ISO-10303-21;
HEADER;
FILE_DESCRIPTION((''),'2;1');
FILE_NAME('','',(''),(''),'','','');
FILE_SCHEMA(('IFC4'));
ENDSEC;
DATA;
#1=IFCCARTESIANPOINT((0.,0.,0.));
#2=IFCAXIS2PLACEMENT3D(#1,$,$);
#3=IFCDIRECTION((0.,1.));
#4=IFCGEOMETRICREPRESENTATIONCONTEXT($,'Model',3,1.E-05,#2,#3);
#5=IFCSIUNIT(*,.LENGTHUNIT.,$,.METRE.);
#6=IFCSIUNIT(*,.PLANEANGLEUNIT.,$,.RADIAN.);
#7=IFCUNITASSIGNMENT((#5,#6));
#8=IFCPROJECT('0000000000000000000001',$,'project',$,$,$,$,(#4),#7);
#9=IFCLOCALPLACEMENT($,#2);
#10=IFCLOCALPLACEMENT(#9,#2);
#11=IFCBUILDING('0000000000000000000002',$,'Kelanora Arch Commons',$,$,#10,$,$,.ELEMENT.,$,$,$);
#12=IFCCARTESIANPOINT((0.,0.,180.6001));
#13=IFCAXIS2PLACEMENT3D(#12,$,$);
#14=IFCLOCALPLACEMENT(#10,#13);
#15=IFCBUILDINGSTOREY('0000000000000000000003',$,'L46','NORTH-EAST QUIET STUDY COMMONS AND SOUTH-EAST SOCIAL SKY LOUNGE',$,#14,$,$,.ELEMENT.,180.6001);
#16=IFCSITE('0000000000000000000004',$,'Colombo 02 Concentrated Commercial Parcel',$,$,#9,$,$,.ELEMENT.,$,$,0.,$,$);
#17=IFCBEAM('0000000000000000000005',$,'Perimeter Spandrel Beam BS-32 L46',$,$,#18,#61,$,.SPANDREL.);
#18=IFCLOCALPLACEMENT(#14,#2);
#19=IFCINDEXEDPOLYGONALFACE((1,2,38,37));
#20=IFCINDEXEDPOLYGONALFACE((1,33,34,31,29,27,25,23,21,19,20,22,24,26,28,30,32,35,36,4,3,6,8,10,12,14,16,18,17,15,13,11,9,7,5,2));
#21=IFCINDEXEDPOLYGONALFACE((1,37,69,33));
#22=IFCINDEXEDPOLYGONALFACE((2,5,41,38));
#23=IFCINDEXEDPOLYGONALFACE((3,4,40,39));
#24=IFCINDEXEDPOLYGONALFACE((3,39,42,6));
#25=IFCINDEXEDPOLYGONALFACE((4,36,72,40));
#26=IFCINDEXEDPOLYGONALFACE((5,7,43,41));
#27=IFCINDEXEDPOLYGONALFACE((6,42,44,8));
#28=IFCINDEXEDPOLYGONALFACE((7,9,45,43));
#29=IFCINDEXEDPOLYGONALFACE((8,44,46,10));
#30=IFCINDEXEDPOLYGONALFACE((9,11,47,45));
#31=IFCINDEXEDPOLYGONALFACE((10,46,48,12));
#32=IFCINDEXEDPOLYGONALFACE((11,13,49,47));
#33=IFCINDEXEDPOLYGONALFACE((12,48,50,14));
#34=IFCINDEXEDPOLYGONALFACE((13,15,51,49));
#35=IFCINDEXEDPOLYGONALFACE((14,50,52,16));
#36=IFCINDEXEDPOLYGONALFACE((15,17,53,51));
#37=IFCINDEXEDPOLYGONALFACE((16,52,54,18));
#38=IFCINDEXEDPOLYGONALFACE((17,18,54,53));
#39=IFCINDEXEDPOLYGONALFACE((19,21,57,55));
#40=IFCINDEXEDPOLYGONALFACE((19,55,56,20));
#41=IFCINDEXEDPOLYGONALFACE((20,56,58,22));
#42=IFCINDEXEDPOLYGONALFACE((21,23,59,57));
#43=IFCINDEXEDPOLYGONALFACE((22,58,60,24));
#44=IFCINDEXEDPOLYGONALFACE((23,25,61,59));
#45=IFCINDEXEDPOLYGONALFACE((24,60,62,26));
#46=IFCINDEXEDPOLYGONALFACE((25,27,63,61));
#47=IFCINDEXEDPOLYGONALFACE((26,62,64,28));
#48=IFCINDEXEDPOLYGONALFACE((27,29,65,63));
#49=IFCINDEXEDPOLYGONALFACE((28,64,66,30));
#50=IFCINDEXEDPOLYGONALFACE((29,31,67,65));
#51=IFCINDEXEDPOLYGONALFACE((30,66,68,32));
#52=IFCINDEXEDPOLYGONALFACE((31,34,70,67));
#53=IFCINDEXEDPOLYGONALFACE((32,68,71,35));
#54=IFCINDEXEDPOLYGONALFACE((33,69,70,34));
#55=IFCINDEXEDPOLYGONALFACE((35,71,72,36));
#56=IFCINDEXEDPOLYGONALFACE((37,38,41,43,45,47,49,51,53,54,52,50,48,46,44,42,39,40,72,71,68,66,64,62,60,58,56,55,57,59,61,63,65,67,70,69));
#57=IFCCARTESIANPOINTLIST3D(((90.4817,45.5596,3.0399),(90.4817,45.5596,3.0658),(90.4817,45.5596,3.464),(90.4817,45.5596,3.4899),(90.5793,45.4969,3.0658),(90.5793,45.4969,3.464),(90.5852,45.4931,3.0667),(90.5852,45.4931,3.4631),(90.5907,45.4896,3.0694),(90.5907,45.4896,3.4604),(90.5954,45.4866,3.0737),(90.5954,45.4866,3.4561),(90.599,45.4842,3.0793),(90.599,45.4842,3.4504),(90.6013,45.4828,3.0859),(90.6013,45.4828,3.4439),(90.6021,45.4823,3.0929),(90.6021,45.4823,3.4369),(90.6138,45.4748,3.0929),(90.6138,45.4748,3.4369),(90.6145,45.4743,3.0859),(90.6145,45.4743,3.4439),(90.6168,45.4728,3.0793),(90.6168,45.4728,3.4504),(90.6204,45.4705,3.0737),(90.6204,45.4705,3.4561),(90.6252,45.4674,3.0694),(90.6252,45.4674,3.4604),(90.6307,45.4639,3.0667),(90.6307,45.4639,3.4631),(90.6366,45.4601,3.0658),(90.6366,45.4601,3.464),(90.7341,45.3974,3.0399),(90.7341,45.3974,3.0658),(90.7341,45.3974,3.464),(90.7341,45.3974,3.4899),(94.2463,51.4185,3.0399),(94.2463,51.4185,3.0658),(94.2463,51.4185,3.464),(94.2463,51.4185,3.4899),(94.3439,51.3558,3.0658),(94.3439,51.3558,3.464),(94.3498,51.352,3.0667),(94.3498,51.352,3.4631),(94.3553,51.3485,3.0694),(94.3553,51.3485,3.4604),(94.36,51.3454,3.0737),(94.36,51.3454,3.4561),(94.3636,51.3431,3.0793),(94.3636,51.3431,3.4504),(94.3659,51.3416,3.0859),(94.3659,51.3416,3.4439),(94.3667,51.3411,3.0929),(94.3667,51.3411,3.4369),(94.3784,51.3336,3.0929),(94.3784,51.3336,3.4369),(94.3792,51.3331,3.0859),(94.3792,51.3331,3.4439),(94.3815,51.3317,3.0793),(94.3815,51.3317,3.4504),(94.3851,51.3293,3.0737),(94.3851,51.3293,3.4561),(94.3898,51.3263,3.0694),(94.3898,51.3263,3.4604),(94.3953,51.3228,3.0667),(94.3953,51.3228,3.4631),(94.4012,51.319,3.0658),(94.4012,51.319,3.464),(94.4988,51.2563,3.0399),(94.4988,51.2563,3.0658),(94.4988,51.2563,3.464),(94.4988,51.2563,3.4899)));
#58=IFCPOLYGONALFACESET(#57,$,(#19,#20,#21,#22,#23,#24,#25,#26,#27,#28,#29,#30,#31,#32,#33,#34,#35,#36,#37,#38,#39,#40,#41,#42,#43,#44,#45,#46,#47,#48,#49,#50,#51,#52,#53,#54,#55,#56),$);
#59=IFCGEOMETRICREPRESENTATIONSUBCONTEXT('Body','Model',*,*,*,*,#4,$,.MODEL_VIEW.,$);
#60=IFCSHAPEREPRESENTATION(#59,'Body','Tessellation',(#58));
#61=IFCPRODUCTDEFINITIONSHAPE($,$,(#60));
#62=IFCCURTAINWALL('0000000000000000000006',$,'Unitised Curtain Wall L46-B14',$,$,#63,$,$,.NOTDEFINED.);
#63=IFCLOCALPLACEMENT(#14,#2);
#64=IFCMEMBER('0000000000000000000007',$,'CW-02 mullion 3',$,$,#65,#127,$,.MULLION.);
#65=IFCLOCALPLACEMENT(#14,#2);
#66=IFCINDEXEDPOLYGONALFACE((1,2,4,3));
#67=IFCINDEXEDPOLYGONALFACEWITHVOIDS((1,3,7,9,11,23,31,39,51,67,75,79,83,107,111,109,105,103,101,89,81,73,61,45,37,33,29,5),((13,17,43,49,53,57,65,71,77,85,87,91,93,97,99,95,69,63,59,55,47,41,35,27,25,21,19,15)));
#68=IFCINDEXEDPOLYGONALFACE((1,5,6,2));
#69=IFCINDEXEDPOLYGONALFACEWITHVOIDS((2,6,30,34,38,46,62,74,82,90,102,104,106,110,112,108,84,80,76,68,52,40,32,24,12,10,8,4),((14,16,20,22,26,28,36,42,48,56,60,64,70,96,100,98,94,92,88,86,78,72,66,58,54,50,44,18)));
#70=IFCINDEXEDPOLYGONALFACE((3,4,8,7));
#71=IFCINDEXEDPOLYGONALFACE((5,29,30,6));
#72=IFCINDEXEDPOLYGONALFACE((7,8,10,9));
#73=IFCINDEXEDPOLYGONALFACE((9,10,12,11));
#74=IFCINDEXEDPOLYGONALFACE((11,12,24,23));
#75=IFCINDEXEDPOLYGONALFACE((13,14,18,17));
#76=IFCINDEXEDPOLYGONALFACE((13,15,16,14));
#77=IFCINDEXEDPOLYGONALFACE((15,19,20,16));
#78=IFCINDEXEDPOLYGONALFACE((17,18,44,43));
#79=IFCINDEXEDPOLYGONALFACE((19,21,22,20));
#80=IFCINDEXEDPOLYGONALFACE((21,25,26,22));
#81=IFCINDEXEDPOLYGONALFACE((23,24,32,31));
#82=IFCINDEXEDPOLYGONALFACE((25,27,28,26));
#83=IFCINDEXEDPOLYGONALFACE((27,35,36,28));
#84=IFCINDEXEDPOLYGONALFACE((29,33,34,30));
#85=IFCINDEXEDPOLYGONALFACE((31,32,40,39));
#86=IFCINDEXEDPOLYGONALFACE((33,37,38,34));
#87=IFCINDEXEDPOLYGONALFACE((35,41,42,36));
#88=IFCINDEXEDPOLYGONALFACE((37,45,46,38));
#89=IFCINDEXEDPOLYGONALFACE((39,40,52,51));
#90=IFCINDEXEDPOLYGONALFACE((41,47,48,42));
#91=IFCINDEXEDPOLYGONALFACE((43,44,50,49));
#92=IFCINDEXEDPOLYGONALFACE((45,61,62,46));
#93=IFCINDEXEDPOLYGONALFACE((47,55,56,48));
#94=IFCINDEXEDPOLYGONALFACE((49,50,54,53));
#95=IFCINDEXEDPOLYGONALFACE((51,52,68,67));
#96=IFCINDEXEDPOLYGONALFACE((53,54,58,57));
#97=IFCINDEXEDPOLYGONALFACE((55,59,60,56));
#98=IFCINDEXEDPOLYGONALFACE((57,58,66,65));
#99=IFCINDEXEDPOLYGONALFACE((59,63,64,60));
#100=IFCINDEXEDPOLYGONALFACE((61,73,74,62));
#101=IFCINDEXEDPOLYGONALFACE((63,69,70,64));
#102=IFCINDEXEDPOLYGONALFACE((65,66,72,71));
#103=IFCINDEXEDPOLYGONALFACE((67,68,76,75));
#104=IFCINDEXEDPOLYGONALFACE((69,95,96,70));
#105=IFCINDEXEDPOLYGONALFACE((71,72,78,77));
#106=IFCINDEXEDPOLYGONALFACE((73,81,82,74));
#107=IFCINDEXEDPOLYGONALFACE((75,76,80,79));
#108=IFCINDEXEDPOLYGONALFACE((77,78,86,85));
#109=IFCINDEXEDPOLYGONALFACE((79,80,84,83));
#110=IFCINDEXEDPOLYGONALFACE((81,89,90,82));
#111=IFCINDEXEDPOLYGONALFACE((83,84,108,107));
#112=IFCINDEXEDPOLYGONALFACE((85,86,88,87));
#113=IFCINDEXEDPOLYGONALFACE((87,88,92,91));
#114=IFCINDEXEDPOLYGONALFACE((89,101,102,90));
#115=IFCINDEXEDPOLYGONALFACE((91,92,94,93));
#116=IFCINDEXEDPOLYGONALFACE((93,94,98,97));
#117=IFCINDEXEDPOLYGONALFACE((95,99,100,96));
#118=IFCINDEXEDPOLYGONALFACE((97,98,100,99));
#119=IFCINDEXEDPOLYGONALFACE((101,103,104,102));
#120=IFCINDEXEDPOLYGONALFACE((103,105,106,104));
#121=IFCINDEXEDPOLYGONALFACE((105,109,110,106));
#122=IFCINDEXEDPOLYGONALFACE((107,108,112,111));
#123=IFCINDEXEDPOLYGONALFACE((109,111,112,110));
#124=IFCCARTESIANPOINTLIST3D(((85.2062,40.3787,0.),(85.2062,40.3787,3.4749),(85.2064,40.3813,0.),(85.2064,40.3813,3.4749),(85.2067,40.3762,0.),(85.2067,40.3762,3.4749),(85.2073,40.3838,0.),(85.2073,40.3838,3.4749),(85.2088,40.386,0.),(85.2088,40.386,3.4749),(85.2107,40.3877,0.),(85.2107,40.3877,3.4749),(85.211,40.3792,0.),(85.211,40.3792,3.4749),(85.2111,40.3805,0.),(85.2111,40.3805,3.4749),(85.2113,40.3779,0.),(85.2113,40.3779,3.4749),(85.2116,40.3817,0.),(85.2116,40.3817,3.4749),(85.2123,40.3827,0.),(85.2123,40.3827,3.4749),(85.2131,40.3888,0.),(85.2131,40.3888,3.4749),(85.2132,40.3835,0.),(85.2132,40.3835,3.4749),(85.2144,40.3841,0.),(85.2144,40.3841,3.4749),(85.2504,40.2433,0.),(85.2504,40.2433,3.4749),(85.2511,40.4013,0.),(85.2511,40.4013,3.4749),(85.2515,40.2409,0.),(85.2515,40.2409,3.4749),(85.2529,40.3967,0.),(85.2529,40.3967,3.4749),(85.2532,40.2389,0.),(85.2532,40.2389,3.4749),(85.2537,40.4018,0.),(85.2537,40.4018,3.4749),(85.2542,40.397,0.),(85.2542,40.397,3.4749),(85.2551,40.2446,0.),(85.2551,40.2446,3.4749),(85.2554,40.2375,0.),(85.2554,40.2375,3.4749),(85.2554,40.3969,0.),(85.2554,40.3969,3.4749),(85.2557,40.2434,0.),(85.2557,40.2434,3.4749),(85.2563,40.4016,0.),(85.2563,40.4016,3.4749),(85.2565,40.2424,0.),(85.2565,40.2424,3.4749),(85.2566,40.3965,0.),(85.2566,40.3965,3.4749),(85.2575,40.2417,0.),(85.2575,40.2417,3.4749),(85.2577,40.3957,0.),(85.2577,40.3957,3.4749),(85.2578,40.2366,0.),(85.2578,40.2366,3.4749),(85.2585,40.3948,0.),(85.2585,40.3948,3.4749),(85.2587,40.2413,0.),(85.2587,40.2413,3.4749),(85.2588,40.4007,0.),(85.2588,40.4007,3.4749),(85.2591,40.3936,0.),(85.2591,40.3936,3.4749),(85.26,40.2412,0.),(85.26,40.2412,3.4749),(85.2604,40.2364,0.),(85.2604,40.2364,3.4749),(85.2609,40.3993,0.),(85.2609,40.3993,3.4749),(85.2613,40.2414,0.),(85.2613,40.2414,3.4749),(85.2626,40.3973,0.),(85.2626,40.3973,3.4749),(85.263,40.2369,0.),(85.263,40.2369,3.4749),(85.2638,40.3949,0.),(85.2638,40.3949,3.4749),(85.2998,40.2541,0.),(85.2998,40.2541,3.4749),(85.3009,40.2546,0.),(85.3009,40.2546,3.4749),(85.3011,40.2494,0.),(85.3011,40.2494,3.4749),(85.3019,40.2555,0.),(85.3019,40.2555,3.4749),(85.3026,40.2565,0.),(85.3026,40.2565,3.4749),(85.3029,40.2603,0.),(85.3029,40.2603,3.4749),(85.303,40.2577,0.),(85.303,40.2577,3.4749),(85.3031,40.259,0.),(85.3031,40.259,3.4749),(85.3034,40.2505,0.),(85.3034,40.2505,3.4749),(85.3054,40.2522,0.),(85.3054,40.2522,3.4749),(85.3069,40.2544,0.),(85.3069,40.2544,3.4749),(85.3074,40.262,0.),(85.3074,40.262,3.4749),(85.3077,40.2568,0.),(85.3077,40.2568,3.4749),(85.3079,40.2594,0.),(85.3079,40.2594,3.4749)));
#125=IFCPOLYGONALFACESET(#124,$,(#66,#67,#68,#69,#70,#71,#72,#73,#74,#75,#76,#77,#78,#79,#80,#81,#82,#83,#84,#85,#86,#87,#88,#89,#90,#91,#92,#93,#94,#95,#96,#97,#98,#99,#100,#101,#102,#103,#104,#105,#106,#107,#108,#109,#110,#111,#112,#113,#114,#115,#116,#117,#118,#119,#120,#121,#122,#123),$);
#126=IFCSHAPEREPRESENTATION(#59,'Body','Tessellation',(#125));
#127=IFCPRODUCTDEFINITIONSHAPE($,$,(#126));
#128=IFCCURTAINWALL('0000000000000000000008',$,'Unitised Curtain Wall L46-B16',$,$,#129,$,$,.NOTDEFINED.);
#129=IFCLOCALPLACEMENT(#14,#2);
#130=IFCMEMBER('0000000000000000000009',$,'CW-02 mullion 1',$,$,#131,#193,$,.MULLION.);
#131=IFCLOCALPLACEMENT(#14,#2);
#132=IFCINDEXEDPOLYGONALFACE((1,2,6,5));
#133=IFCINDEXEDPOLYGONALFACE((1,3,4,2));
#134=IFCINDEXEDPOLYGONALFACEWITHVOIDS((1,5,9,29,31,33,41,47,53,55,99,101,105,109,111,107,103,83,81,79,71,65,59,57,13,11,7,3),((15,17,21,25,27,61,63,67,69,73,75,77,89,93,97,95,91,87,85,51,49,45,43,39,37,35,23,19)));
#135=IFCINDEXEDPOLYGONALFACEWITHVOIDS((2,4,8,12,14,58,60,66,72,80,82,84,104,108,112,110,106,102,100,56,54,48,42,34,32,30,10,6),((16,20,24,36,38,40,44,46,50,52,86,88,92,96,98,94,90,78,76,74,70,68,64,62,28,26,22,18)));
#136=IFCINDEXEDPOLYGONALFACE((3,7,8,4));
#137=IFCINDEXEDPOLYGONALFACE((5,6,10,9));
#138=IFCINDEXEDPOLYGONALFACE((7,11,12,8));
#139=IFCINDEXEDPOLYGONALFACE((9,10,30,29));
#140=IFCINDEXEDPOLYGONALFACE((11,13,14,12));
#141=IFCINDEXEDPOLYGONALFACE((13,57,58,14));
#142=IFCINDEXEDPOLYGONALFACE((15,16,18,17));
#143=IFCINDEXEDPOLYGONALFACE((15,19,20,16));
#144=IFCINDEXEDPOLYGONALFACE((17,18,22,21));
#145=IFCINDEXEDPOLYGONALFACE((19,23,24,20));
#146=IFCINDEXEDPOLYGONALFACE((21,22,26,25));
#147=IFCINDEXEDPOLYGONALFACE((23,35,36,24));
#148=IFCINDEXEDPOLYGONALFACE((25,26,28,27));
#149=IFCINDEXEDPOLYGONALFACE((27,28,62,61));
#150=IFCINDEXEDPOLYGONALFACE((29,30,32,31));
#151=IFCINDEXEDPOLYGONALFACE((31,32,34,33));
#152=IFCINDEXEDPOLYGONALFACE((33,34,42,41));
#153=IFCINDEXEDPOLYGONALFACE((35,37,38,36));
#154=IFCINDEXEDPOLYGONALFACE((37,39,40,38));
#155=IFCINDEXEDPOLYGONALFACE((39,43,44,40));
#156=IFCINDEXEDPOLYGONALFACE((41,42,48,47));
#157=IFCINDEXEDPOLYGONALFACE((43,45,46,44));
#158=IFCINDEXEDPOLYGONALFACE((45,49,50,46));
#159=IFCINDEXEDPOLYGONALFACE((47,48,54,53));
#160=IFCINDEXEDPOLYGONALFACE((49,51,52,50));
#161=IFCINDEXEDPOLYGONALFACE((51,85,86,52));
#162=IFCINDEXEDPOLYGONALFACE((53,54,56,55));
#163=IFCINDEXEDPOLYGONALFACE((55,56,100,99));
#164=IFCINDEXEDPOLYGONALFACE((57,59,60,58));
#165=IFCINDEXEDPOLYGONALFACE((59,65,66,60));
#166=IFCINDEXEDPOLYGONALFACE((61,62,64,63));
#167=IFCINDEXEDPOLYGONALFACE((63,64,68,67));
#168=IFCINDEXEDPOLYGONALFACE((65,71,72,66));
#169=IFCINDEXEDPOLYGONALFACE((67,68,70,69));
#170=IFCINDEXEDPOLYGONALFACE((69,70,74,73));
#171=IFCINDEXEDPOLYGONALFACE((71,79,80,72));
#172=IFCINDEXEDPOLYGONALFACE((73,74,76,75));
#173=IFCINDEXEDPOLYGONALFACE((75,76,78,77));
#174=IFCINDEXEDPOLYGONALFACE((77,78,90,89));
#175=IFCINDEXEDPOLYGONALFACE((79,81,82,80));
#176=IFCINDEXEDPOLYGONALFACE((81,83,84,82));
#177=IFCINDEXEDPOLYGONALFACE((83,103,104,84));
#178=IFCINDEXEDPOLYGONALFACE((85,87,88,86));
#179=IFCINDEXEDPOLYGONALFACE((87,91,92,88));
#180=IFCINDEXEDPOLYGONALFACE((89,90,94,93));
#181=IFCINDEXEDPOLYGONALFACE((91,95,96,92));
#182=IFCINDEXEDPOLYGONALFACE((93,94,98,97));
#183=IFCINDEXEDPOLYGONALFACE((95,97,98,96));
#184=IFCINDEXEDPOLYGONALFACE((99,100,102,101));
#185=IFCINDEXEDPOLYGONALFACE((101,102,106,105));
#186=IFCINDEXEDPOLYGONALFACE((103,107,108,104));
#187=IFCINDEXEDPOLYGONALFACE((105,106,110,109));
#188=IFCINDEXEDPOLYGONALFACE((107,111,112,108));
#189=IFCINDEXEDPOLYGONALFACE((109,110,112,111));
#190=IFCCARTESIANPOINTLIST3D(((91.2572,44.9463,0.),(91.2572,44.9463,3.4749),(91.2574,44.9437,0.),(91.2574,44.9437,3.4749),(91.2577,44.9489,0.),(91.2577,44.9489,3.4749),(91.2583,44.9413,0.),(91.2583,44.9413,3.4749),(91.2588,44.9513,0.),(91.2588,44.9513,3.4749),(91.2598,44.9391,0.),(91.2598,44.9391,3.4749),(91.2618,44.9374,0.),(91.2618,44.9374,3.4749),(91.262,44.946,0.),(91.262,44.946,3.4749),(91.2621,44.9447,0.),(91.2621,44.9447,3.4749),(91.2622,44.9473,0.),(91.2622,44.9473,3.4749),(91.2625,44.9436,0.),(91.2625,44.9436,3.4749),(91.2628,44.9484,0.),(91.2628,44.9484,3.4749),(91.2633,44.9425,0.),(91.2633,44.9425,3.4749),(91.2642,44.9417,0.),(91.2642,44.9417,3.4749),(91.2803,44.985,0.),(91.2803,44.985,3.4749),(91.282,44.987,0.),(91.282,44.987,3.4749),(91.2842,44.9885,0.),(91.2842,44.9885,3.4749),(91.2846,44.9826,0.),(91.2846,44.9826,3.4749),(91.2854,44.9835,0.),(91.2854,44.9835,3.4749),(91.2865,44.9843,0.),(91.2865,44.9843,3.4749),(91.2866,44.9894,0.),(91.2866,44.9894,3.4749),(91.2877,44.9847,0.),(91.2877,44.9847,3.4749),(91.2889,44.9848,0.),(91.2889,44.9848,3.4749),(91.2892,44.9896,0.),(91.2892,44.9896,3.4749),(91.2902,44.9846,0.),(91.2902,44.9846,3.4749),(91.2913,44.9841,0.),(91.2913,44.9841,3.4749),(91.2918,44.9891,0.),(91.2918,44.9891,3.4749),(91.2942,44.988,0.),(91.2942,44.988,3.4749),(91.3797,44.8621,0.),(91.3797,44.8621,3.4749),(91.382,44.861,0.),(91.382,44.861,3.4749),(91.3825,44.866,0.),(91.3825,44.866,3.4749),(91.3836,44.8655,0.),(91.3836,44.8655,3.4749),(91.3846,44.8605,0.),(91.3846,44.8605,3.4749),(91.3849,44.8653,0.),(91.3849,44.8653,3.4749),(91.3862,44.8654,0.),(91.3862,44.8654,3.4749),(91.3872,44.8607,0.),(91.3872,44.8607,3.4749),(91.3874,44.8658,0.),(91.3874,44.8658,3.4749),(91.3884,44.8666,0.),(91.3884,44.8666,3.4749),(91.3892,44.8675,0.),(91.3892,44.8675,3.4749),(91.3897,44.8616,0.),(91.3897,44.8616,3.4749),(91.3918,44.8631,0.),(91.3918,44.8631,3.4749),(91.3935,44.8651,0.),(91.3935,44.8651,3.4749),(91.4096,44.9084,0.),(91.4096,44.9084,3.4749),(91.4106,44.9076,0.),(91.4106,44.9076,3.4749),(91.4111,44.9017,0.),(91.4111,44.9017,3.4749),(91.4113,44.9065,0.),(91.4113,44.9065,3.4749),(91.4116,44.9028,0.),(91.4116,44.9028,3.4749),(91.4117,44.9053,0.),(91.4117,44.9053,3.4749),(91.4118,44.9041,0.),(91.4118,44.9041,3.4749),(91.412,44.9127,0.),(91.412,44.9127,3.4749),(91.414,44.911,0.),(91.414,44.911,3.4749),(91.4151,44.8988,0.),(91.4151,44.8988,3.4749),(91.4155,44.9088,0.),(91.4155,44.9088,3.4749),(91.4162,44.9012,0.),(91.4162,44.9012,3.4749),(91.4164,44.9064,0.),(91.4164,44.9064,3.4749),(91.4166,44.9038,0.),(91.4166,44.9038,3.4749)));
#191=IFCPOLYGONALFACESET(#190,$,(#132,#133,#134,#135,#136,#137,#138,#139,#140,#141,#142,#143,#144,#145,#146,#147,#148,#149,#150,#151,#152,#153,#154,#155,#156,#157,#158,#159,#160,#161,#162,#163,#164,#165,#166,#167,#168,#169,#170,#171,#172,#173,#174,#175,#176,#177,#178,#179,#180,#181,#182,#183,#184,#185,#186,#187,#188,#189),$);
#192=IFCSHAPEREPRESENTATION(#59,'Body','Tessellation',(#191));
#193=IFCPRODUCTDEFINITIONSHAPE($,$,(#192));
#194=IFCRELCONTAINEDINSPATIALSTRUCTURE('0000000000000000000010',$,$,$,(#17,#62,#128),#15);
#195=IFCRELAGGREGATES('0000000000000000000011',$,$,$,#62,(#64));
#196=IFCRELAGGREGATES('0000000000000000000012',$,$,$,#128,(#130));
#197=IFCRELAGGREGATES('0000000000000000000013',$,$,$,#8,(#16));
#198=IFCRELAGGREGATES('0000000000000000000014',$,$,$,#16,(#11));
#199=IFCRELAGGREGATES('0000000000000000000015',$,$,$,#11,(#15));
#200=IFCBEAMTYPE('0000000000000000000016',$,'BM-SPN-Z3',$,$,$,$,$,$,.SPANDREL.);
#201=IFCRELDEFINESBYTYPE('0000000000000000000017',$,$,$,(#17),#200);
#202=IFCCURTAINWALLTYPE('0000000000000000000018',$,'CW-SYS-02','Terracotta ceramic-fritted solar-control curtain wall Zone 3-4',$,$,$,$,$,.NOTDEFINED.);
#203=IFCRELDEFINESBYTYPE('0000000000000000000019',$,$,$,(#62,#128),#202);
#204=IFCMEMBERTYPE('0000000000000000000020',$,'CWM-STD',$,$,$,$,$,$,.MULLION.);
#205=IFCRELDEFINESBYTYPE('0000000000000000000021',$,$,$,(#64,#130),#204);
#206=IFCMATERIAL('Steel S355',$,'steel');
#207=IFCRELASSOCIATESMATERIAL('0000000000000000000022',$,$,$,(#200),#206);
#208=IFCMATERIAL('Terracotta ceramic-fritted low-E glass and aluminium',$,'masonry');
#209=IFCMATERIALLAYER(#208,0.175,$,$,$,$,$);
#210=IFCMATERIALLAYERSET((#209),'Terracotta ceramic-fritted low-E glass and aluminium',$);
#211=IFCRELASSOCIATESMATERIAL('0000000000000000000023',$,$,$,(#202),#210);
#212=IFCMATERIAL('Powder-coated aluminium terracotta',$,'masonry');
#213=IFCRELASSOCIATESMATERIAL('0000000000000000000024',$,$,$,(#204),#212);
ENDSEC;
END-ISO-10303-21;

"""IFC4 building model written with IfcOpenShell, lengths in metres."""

from ifc_helpers import new_model, si_unit, direction, frame, origin, origin_2d, place, context, subcontext, project, spatial, hollow_rectangle, i_section, extrude, material, layer, layer_set, material_profile, profile_set, type_object, element, aggregate, save


model = new_model("IFC4")

# Units and contexts
model_context = context("Model", 3, precision=1e-05, world=origin(), true_north=direction((0.0, 1.0)))
body_context = subcontext(model_context, "Body", "Model", "MODEL_VIEW")
ifc_project = project(units=[si_unit("LENGTHUNIT", "METRE"), si_unit("PLANEANGLEUNIT", "RADIAN")], contexts=[model_context])

# Site, building, storey
site_placement = place(None, origin())
site = spatial("IfcSite", under=ifc_project, at=site_placement, Name="Colombo 02 Concentrated Commercial Parcel", CompositionType="ELEMENT", RefElevation=0.0)
building_placement = place(site_placement, origin())
building = spatial("IfcBuilding", under=site, at=building_placement, Name="Kelanora Arch Commons", CompositionType="ELEMENT")
storey_placement = place(building_placement, frame((0.0, 0.0, 180.6001)))
storey = spatial("IfcBuildingStorey", under=building, at=storey_placement, Name="L46", Description="NORTH-EAST QUIET STUDY COMMONS AND SOUTH-EAST SOCIAL SKY LOUNGE", CompositionType="ELEMENT", Elevation=180.6001)

# Beam
ifc_material_1 = material(Name="Steel S355", Category="steel")
ifc_material_profile_1 = material_profile(ifc_material_1, i_section(OverallWidth=0.3, OverallDepth=0.45, WebThickness=0.0139, FlangeThickness=0.0259, FilletRadius=0.0271, at=origin_2d()), Name="HEB450")
ifc_profile_set_1 = profile_set([ifc_material_profile_1], Name="Steel S355")
beam_type_1 = type_object("IfcBeamType", Name="BM-SPN-Z3", PredefinedType="SPANDREL", material=ifc_profile_set_1)
beam_1_placement = place(storey_placement, frame((90.6079, 45.4785, 3.2649), z_axis=(0.540577, 0.841295, 0.0), x_axis=(-0.841295, 0.540577, 0.0)))
element("IfcBeam", 1, at=beam_1_placement, inside=storey, type_object=beam_type_1, Name="Perimeter Spandrel Beam BS-32 L46", PredefinedType="SPANDREL", context=body_context, shape_type="SweptSolid", body=[
    extrude(i_section(OverallWidth=0.3, OverallDepth=0.45, WebThickness=0.0139, FlangeThickness=0.0259, FilletRadius=0.0271, at=origin_2d()), origin(), (0.0, 0.0, 1.0), 6.9641),
])

# Curtain wall, member
ifc_material_2 = material(Name="Terracotta ceramic-fritted low-E glass and aluminium", Category="masonry")
ifc_layer_1 = layer(ifc_material_2, 0.175)
ifc_layer_set_1 = layer_set([ifc_layer_1], Name="Terracotta ceramic-fritted low-E glass and aluminium")
curtain_wall_type = type_object("IfcCurtainWallType", Name="CW-SYS-02", Description="Terracotta ceramic-fritted solar-control curtain wall Zone 3-4", PredefinedType="NOTDEFINED", material=ifc_layer_set_1)
curtain_wall_1_placement = place(storey_placement, origin())
curtain_wall_1 = element("IfcCurtainWall", 2, at=curtain_wall_1_placement, inside=storey, type_object=curtain_wall_type, Name="Unitised Curtain Wall L46-B14", PredefinedType="NOTDEFINED")
ifc_material_3 = material(Name="Powder-coated aluminium terracotta", Category="masonry")
ifc_material_profile_2 = material_profile(ifc_material_3, hollow_rectangle(XDim=0.1599, YDim=0.0601, WallThickness=0.0049, InnerFilletRadius=0.0049, OuterFilletRadius=0.01, at=origin_2d()), Name="CWM160x60")
ifc_profile_set_2 = profile_set([ifc_material_profile_2], Name="Powder-coated aluminium terracotta")
member_type_1 = type_object("IfcMemberType", Name="CWM-STD", PredefinedType="MULLION", material=ifc_profile_set_2)
member_1_placement = place(storey_placement, frame((85.2571, 40.3191, 0.0), z_axis=(0.0, 0.0, 1.0), x_axis=(-0.312128, 0.95004, 0.0)))
member_1 = element("IfcMember", 3, at=member_1_placement, type_object=member_type_1, Name="CW-02 mullion 3", PredefinedType="MULLION", context=body_context, shape_type="SweptSolid", body=[
    extrude(hollow_rectangle(XDim=0.1599, YDim=0.0601, WallThickness=0.0049, InnerFilletRadius=0.0049, OuterFilletRadius=0.01, at=origin_2d()), origin(), (0.0, 0.0, 1.0), 3.4749),
])

# Curtain wall, member
curtain_wall_2_placement = place(storey_placement, origin())
curtain_wall_2 = element("IfcCurtainWall", 4, at=curtain_wall_2_placement, inside=storey, type_object=curtain_wall_type, Name="Unitised Curtain Wall L46-B16", PredefinedType="NOTDEFINED")
member_2_placement = place(storey_placement, frame((91.3369, 44.925, 0.0), z_axis=(0.0, 0.0, 1.0), x_axis=(-0.842423, 0.538817, 0.0)))
member_2 = element("IfcMember", 5, at=member_2_placement, type_object=member_type_1, Name="CW-02 mullion 1", PredefinedType="MULLION", context=body_context, shape_type="SweptSolid", body=[
    extrude(hollow_rectangle(XDim=0.1599, YDim=0.0601, WallThickness=0.0049, InnerFilletRadius=0.0049, OuterFilletRadius=0.01, at=origin_2d()), origin(), (0.0, 0.0, 1.0), 3.4749),
])

aggregate(curtain_wall_1, [member_1])
aggregate(curtain_wall_2, [member_2])

save(model, "model.ifc")
